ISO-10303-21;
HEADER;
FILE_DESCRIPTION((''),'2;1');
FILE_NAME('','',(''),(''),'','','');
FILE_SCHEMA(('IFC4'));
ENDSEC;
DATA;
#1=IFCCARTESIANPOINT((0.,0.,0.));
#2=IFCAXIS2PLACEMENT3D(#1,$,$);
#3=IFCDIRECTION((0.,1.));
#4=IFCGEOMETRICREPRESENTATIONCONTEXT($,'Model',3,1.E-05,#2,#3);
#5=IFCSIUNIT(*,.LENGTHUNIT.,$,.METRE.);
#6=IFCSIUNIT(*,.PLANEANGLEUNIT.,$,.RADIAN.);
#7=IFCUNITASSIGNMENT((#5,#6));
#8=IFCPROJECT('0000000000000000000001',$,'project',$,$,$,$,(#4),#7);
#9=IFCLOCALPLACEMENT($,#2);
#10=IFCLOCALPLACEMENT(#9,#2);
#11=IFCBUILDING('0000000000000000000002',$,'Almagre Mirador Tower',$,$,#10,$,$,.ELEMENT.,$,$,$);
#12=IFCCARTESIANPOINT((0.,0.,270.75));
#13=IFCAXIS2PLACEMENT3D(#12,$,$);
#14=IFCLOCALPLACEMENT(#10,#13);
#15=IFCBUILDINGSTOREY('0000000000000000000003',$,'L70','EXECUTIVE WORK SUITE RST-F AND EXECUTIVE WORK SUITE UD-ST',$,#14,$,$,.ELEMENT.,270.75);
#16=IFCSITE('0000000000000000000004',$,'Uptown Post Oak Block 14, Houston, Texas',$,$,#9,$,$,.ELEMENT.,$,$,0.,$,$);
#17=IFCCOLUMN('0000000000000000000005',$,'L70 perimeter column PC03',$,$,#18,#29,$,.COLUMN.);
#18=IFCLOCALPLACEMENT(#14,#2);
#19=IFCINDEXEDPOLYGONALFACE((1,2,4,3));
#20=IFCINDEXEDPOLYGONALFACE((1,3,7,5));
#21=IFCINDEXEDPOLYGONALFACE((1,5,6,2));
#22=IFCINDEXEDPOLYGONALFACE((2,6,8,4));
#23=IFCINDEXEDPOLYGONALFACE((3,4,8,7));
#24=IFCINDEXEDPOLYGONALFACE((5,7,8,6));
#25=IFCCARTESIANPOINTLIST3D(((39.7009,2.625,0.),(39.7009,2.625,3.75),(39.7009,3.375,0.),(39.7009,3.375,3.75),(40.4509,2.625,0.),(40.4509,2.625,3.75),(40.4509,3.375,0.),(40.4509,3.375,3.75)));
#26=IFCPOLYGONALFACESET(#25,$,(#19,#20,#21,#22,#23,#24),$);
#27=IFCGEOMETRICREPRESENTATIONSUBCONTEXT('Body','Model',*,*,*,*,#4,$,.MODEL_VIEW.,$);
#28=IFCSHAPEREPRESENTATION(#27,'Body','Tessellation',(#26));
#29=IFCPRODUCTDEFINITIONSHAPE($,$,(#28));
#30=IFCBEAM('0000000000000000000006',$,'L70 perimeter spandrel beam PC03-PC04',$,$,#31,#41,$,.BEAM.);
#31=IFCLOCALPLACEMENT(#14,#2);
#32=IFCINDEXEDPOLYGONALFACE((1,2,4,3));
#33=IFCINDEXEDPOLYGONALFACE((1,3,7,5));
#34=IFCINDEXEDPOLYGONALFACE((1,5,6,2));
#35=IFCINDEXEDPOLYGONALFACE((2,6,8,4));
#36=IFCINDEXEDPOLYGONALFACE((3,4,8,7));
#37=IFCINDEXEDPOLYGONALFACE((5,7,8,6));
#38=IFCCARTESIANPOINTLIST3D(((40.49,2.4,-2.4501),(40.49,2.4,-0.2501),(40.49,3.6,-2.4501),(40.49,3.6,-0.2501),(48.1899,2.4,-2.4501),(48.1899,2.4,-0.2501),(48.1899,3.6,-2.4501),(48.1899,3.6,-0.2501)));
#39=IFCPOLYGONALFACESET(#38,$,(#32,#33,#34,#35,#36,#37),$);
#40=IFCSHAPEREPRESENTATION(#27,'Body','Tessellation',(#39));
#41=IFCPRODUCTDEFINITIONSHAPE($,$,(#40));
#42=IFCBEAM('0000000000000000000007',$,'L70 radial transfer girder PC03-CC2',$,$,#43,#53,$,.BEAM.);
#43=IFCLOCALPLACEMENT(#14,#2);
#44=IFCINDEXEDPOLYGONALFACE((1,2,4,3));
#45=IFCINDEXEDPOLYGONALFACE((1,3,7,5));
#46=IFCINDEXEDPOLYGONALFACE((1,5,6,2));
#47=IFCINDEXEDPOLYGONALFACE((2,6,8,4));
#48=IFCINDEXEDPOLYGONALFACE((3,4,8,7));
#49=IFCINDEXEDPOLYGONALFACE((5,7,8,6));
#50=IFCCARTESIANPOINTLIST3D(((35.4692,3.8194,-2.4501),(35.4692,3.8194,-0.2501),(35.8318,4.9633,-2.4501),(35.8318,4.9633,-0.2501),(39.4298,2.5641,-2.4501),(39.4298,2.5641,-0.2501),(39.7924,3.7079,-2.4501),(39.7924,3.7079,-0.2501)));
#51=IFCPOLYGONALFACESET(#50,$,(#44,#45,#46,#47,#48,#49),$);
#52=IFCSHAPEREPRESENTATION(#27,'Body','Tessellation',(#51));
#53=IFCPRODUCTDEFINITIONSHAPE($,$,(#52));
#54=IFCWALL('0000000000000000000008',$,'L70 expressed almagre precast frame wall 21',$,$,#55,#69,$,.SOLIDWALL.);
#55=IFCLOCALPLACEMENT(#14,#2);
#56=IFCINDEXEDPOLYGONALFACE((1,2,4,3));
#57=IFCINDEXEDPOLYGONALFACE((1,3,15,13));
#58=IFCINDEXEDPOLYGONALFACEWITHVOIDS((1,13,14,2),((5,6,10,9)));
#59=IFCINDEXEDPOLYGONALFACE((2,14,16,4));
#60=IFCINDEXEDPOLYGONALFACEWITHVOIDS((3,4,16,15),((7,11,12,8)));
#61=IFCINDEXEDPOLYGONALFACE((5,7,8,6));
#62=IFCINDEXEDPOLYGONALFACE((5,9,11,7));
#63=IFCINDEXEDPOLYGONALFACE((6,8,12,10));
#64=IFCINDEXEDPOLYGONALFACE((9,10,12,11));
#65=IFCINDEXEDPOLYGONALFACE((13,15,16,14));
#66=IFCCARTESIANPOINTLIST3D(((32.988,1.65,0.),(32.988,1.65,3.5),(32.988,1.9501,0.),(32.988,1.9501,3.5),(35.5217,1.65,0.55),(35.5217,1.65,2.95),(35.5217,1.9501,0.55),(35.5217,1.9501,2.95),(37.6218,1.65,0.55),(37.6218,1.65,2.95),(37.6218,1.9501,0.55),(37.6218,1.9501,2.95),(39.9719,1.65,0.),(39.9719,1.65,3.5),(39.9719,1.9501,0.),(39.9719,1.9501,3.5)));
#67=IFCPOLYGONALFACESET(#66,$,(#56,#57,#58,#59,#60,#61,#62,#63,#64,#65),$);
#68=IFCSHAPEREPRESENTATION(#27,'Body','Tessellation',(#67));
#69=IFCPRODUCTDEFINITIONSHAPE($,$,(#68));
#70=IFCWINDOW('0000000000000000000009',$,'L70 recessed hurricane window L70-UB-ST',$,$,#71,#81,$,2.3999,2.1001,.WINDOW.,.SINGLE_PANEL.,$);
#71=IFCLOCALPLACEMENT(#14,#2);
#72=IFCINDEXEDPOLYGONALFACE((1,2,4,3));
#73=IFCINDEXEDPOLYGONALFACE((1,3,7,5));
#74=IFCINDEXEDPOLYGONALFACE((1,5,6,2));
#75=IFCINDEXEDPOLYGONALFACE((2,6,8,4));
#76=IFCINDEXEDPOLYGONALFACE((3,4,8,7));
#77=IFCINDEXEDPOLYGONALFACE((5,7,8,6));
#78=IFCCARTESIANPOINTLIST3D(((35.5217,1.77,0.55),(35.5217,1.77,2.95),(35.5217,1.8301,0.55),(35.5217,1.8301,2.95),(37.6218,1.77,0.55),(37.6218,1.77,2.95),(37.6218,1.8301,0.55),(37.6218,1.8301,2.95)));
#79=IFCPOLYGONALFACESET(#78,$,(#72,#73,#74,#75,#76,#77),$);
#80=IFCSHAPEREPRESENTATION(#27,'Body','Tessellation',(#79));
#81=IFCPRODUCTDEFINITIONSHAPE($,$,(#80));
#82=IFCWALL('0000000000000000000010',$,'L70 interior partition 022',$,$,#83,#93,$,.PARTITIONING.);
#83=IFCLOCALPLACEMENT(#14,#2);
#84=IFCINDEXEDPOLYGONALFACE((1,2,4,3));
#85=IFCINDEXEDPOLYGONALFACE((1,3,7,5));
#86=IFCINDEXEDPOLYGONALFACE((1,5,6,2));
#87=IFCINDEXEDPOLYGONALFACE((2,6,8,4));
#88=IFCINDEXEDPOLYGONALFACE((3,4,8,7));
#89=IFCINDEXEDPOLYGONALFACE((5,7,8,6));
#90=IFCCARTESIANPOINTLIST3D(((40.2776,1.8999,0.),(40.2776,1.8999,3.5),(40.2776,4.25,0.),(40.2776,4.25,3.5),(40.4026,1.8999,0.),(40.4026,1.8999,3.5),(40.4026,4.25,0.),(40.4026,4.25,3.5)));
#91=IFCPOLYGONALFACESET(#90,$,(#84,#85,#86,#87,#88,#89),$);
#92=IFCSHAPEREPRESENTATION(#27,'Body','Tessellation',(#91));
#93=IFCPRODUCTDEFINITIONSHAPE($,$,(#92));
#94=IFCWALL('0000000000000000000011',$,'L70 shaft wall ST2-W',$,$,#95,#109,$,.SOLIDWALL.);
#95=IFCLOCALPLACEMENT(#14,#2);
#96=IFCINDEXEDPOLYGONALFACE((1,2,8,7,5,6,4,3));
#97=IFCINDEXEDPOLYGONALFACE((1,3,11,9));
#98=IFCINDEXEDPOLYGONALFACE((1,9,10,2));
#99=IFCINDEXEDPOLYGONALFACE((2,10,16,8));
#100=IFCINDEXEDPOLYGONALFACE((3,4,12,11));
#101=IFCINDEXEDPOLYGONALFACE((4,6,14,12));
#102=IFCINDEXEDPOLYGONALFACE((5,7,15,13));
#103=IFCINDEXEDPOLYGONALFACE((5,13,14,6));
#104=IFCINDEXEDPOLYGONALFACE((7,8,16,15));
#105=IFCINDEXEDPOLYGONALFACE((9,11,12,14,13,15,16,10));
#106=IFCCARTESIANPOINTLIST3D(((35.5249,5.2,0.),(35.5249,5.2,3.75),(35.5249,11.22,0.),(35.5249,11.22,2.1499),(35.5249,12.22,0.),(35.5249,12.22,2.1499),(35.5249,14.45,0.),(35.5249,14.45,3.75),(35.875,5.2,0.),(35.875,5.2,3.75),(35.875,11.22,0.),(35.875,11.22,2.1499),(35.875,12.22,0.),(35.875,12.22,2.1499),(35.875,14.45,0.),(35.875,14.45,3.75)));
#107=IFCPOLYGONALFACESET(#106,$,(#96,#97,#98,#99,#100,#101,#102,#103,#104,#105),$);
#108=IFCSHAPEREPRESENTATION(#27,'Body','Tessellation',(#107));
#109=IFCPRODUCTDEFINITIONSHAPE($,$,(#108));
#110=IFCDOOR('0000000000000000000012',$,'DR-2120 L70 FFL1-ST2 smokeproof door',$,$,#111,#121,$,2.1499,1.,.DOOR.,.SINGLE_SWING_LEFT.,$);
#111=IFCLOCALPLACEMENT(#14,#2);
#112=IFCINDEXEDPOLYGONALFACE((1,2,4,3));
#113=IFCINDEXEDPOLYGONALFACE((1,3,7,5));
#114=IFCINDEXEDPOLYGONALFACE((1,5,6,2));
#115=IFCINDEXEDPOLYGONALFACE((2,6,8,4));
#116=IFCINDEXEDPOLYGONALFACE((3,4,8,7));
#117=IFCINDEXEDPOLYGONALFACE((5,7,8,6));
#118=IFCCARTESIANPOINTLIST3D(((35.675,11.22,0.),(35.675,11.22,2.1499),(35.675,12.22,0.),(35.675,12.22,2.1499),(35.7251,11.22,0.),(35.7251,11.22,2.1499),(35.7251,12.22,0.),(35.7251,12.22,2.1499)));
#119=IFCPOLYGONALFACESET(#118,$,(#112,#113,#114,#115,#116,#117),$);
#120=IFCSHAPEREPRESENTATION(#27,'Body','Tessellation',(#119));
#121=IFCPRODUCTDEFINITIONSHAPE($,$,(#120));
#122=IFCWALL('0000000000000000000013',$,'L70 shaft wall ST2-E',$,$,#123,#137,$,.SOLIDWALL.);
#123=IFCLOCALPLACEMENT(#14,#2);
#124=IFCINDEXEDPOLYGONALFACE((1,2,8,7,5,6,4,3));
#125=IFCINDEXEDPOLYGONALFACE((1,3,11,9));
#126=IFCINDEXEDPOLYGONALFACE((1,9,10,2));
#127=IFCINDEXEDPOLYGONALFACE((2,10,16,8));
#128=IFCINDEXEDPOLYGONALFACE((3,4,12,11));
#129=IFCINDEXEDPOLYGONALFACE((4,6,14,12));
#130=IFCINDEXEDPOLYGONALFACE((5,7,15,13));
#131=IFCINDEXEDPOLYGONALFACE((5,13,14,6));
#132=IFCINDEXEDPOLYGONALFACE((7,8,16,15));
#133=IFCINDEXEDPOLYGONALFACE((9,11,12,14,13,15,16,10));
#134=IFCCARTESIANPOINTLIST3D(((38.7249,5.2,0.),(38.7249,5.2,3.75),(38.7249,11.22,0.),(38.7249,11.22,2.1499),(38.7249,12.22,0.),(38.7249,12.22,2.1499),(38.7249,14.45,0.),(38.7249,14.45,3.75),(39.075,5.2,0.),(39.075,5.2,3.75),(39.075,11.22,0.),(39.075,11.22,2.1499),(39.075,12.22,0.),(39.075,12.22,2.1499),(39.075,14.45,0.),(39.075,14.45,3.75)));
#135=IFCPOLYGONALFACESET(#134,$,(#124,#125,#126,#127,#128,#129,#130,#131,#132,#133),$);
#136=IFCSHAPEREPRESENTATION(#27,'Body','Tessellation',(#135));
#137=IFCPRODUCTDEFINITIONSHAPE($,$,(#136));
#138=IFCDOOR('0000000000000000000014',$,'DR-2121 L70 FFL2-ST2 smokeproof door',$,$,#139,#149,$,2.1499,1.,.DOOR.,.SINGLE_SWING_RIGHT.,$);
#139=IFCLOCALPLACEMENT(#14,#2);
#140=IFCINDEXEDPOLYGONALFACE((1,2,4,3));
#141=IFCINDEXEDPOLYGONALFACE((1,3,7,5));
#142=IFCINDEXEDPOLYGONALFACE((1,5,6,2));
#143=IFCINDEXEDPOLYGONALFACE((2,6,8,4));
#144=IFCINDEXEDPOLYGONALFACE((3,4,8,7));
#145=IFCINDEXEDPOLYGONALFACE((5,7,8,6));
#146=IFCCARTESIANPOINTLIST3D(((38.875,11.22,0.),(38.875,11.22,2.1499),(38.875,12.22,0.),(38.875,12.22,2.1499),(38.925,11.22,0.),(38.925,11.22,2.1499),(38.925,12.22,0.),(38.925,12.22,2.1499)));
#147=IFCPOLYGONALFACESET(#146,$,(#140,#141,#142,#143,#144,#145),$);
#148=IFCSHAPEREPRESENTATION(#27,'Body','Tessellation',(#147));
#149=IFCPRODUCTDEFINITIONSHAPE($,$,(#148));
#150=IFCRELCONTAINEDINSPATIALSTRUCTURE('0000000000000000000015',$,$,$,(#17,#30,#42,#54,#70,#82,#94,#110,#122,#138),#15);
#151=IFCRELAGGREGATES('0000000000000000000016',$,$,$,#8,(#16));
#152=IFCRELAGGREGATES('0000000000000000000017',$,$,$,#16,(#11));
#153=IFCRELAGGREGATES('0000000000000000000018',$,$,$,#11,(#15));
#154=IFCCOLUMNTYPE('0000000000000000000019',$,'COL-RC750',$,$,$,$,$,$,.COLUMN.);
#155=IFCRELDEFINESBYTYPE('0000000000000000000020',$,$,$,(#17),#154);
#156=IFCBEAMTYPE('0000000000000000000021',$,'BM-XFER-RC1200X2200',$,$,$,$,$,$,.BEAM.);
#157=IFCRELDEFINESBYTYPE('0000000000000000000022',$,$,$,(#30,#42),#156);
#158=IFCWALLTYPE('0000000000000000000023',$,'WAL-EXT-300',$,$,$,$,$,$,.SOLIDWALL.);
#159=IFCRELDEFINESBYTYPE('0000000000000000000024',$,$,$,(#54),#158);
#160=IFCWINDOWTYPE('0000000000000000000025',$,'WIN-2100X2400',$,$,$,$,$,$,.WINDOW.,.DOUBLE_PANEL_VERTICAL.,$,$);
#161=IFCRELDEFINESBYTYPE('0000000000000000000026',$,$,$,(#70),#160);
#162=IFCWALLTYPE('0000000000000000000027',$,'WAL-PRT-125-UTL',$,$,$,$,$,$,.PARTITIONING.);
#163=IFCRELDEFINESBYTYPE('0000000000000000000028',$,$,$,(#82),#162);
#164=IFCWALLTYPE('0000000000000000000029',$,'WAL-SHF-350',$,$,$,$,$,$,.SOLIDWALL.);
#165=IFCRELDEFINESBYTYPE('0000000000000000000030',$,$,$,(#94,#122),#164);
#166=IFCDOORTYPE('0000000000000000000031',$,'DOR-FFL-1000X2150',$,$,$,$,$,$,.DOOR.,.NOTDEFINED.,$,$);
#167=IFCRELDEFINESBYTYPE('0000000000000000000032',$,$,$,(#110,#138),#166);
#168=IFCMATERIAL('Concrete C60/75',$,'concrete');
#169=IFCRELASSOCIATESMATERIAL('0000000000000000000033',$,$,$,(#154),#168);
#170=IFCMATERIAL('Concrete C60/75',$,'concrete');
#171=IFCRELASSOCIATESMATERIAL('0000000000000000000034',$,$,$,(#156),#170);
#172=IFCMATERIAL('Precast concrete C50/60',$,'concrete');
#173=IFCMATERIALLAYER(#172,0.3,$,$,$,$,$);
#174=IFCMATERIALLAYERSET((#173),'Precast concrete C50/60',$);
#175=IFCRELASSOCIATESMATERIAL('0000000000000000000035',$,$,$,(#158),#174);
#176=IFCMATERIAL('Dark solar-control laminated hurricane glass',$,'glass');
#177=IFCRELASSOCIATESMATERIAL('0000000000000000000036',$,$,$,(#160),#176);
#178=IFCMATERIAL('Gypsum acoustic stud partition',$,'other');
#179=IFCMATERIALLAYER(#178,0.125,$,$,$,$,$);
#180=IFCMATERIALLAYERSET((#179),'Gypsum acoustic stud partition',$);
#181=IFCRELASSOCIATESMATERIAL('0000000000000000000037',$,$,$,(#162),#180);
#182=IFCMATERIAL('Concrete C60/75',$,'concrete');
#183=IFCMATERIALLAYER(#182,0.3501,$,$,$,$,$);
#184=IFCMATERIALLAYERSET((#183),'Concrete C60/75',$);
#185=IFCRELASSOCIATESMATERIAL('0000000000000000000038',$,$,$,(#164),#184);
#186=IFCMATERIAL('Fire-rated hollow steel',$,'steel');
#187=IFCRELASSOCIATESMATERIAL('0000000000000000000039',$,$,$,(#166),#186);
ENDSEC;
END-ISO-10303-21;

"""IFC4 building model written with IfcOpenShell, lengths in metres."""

from ifc_helpers import new_model, si_unit, direction, frame, frame_2d, origin, origin_2d, place, context, subcontext, project, spatial, rectangle, extrude, material, layer, layer_set, material_profile, profile_set, type_object, element, fill, save


model = new_model("IFC4")

# Units and contexts
model_context = context("Model", 3, precision=1e-05, world=origin(), true_north=direction((0.0, 1.0)))
body_context = subcontext(model_context, "Body", "Model", "MODEL_VIEW")
ifc_project = project(units=[si_unit("LENGTHUNIT", "METRE"), si_unit("PLANEANGLEUNIT", "RADIAN")], contexts=[model_context])

# Site, building, storey
site_placement = place(None, origin())
site = spatial("IfcSite", under=ifc_project, at=site_placement, Name="Uptown Post Oak Block 14, Houston, Texas", CompositionType="ELEMENT", RefElevation=0.0)
building_placement = place(site_placement, origin())
building = spatial("IfcBuilding", under=site, at=building_placement, Name="Almagre Mirador Tower", CompositionType="ELEMENT")
storey_placement = place(building_placement, frame((0.0, 0.0, 270.75)))
storey = spatial("IfcBuildingStorey", under=building, at=storey_placement, Name="L70", Description="EXECUTIVE WORK SUITE RST-F AND EXECUTIVE WORK SUITE UD-ST", CompositionType="ELEMENT", Elevation=270.75)

# Column
ifc_material_1 = material(Name="Concrete C60/75", Category="concrete")
ifc_material_profile_1 = material_profile(ifc_material_1, rectangle(XDim=0.75, YDim=0.75, at=origin_2d()), Name="RC750X750")
ifc_profile_set_1 = profile_set([ifc_material_profile_1], Name="Concrete C60/75")
column_type = type_object("IfcColumnType", Name="COL-RC750", PredefinedType="COLUMN", material=ifc_profile_set_1)
column_placement = place(storey_placement, frame((40.0759, 3.0, 0.0), z_axis=(0.0, 0.0, 1.0), x_axis=(1.0, 0.0, 0.0)))
element("IfcColumn", 1, at=column_placement, inside=storey, type_object=column_type, Name="L70 perimeter column PC03", PredefinedType="COLUMN", context=body_context, shape_type="SweptSolid", body=[
    extrude(rectangle(XDim=0.75, YDim=0.75, at=origin_2d()), origin(), (0.0, 0.0, 1.0), 3.75),
])

# Beams
ifc_material_2 = material(Name="Concrete C60/75", Category="concrete")
ifc_material_profile_2 = material_profile(ifc_material_2, rectangle(XDim=1.2, YDim=2.2, at=origin_2d()), Name="RC1200X2200")
ifc_profile_set_2 = profile_set([ifc_material_profile_2], Name="Concrete C60/75")
beam_type = type_object("IfcBeamType", Name="BM-XFER-RC1200X2200", PredefinedType="BEAM", material=ifc_profile_set_2)
beam_1_placement = place(storey_placement, frame((40.49, 3.0, -1.3501), z_axis=(1.0, 0.0, 0.0), x_axis=(0.0, 1.0, 0.0)))
element("IfcBeam", 2, at=beam_1_placement, inside=storey, type_object=beam_type, Name="L70 perimeter spandrel beam PC03-PC04", PredefinedType="BEAM", context=body_context, shape_type="SweptSolid", body=[
    extrude(rectangle(XDim=1.2, YDim=2.2, at=origin_2d()), origin(), (0.0, 0.0, 1.0), 7.7),
])
beam_2_placement = place(storey_placement, frame((39.6111, 3.136, -1.3501), z_axis=(-0.953262, 0.302144, 0.0), x_axis=(-0.302144, -0.953262, 0.0)))
element("IfcBeam", 3, at=beam_2_placement, inside=storey, type_object=beam_type, Name="L70 radial transfer girder PC03-CC2", PredefinedType="BEAM", context=body_context, shape_type="SweptSolid", body=[
    extrude(rectangle(XDim=1.2, YDim=2.2, at=origin_2d()), origin(), (0.0, 0.0, 1.0), 4.1548),
])

# Wall, opening, window
ifc_material_3 = material(Name="Precast concrete C50/60", Category="concrete")
ifc_layer_1 = layer(ifc_material_3, 0.3)
ifc_layer_set_1 = layer_set([ifc_layer_1], Name="Precast concrete C50/60")
wall_type_1 = type_object("IfcWallType", Name="WAL-EXT-300", PredefinedType="SOLIDWALL", material=ifc_layer_set_1)
wall_1_placement = place(storey_placement, frame((39.9719, 1.8, 0.0), z_axis=(0.0, 0.0, 1.0), x_axis=(-1.0, 0.0, 0.0)))
wall_1 = element("IfcWall", 4, at=wall_1_placement, inside=storey, type_object=wall_type_1, Name="L70 expressed almagre precast frame wall 21", PredefinedType="SOLIDWALL", context=body_context, shape_type="SweptSolid", body=[
    extrude(rectangle(XDim=6.9839, YDim=0.3, at=frame_2d((3.4919, 0.0))), origin(), (0.0, 0.0, 1.0), 3.5),
])
opening_1_placement = place(wall_1_placement, frame((2.3501, 0.0, 0.55)))
opening_1 = element("IfcOpeningElement", 5, at=opening_1_placement, cuts=wall_1, PredefinedType="OPENING", context=body_context, shape_type="SweptSolid", body=[
    extrude(rectangle(XDim=2.1001, YDim=2.3999, at=frame_2d((1.05, 1.2))), frame((0.0, 0.1599, 0.0), z_axis=(0.0, -1.0, 0.0), x_axis=(1.0, 0.0, 0.0)), (0.0, 0.0, 1.0), 0.32),
])
ifc_material_4 = material(Name="Dark solar-control laminated hurricane glass", Category="glass")
window_type = type_object("IfcWindowType", Name="WIN-2100X2400", PartitioningType="DOUBLE_PANEL_VERTICAL", PredefinedType="WINDOW", material=ifc_material_4)
window_placement = place(opening_1_placement, origin())
window = element("IfcWindow", 6, at=window_placement, inside=storey, type_object=window_type, Name="L70 recessed hurricane window L70-UB-ST", OverallHeight=2.3999, OverallWidth=2.1001, PartitioningType="SINGLE_PANEL", PredefinedType="WINDOW", context=body_context, shape_type="SweptSolid", body=[
    extrude(rectangle(XDim=2.1001, YDim=2.3999, at=frame_2d((1.05, 1.2))), frame((0.0, 0.03, 0.0), z_axis=(0.0, -1.0, 0.0), x_axis=(1.0, 0.0, 0.0)), (0.0, 0.0, 1.0), 0.0601),
])
fill(opening_1, window)

# Wall
ifc_material_5 = material(Name="Gypsum acoustic stud partition", Category="other")
ifc_layer_2 = layer(ifc_material_5, 0.125)
ifc_layer_set_2 = layer_set([ifc_layer_2], Name="Gypsum acoustic stud partition")
wall_type_2 = type_object("IfcWallType", Name="WAL-PRT-125-UTL", PredefinedType="PARTITIONING", material=ifc_layer_set_2)
wall_2_placement = place(storey_placement, frame((40.3401, 1.8999, 0.0), z_axis=(0.0, 0.0, 1.0), x_axis=(0.0, 1.0, 0.0)))
element("IfcWall", 7, at=wall_2_placement, inside=storey, type_object=wall_type_2, Name="L70 interior partition 022", PredefinedType="PARTITIONING", context=body_context, shape_type="SweptSolid", body=[
    extrude(rectangle(XDim=2.3501, YDim=0.125, at=frame_2d((1.175, 0.0))), origin(), (0.0, 0.0, 1.0), 3.5),
])

# Walls, openings, doors
ifc_material_6 = material(Name="Concrete C60/75", Category="concrete")
ifc_layer_3 = layer(ifc_material_6, 0.3501)
ifc_layer_set_3 = layer_set([ifc_layer_3], Name="Concrete C60/75")
wall_type_3 = type_object("IfcWallType", Name="WAL-SHF-350", PredefinedType="SOLIDWALL", material=ifc_layer_set_3)
wall_3_placement = place(storey_placement, frame((35.7, 5.2, 0.0), z_axis=(0.0, 0.0, 1.0), x_axis=(0.0, 1.0, 0.0)))
wall_3 = element("IfcWall", 8, at=wall_3_placement, inside=storey, type_object=wall_type_3, Name="L70 shaft wall ST2-W", PredefinedType="SOLIDWALL", context=body_context, shape_type="SweptSolid", body=[
    extrude(rectangle(XDim=9.25, YDim=0.3501, at=frame_2d((4.625, 0.0))), origin(), (0.0, 0.0, 1.0), 3.75),
])
opening_2_placement = place(wall_3_placement, frame((6.02, 0.0, 0.0)))
opening_2 = element("IfcOpeningElement", 9, at=opening_2_placement, cuts=wall_3, PredefinedType="OPENING", context=body_context, shape_type="SweptSolid", body=[
    extrude(rectangle(XDim=1.0, YDim=2.1499, at=frame_2d((0.5, 1.075))), frame((0.0, 0.185, 0.0), z_axis=(0.0, -1.0, 0.0), x_axis=(1.0, 0.0, 0.0)), (0.0, 0.0, 1.0), 0.3701),
])
ifc_material_7 = material(Name="Fire-rated hollow steel", Category="steel")
door_type_1 = type_object("IfcDoorType", Name="DOR-FFL-1000X2150", OperationType="NOTDEFINED", PredefinedType="DOOR", material=ifc_material_7)
door_1_placement = place(opening_2_placement, origin())
door_1 = element("IfcDoor", 10, at=door_1_placement, inside=storey, type_object=door_type_1, Name="DR-2120 L70 FFL1-ST2 smokeproof door", OperationType="SINGLE_SWING_LEFT", OverallHeight=2.1499, OverallWidth=1.0, PredefinedType="DOOR", context=body_context, shape_type="SweptSolid", body=[
    extrude(rectangle(XDim=1.0, YDim=2.1499, at=frame_2d((0.5, 1.075))), frame((0.0, 0.0249, 0.0), z_axis=(0.0, -1.0, 0.0), x_axis=(1.0, 0.0, 0.0)), (0.0, 0.0, 1.0), 0.05),
])
fill(opening_2, door_1)
wall_4_placement = place(storey_placement, frame((38.8999, 5.2, 0.0), z_axis=(0.0, 0.0, 1.0), x_axis=(0.0, 1.0, 0.0)))
wall_4 = element("IfcWall", 11, at=wall_4_placement, inside=storey, type_object=wall_type_3, Name="L70 shaft wall ST2-E", PredefinedType="SOLIDWALL", context=body_context, shape_type="SweptSolid", body=[
    extrude(rectangle(XDim=9.25, YDim=0.3501, at=frame_2d((4.625, 0.0))), origin(), (0.0, 0.0, 1.0), 3.75),
])
opening_3_placement = place(wall_4_placement, frame((6.02, 0.0, 0.0)))
opening_3 = element("IfcOpeningElement", 12, at=opening_3_placement, cuts=wall_4, PredefinedType="OPENING", context=body_context, shape_type="SweptSolid", body=[
    extrude(rectangle(XDim=1.0, YDim=2.1499, at=frame_2d((0.5, 1.075))), frame((0.0, 0.185, 0.0), z_axis=(0.0, -1.0, 0.0), x_axis=(1.0, 0.0, 0.0)), (0.0, 0.0, 1.0), 0.3701),
])
door_2_placement = place(opening_3_placement, origin())
door_2 = element("IfcDoor", 13, at=door_2_placement, inside=storey, type_object=door_type_1, Name="DR-2121 L70 FFL2-ST2 smokeproof door", OperationType="SINGLE_SWING_RIGHT", OverallHeight=2.1499, OverallWidth=1.0, PredefinedType="DOOR", context=body_context, shape_type="SweptSolid", body=[
    extrude(rectangle(XDim=1.0, YDim=2.1499, at=frame_2d((0.5, 1.075))), frame((0.0, 0.0249, 0.0), z_axis=(0.0, -1.0, 0.0), x_axis=(1.0, 0.0, 0.0)), (0.0, 0.0, 1.0), 0.05),
])
fill(opening_3, door_2)

save(model, "model.ifc")
